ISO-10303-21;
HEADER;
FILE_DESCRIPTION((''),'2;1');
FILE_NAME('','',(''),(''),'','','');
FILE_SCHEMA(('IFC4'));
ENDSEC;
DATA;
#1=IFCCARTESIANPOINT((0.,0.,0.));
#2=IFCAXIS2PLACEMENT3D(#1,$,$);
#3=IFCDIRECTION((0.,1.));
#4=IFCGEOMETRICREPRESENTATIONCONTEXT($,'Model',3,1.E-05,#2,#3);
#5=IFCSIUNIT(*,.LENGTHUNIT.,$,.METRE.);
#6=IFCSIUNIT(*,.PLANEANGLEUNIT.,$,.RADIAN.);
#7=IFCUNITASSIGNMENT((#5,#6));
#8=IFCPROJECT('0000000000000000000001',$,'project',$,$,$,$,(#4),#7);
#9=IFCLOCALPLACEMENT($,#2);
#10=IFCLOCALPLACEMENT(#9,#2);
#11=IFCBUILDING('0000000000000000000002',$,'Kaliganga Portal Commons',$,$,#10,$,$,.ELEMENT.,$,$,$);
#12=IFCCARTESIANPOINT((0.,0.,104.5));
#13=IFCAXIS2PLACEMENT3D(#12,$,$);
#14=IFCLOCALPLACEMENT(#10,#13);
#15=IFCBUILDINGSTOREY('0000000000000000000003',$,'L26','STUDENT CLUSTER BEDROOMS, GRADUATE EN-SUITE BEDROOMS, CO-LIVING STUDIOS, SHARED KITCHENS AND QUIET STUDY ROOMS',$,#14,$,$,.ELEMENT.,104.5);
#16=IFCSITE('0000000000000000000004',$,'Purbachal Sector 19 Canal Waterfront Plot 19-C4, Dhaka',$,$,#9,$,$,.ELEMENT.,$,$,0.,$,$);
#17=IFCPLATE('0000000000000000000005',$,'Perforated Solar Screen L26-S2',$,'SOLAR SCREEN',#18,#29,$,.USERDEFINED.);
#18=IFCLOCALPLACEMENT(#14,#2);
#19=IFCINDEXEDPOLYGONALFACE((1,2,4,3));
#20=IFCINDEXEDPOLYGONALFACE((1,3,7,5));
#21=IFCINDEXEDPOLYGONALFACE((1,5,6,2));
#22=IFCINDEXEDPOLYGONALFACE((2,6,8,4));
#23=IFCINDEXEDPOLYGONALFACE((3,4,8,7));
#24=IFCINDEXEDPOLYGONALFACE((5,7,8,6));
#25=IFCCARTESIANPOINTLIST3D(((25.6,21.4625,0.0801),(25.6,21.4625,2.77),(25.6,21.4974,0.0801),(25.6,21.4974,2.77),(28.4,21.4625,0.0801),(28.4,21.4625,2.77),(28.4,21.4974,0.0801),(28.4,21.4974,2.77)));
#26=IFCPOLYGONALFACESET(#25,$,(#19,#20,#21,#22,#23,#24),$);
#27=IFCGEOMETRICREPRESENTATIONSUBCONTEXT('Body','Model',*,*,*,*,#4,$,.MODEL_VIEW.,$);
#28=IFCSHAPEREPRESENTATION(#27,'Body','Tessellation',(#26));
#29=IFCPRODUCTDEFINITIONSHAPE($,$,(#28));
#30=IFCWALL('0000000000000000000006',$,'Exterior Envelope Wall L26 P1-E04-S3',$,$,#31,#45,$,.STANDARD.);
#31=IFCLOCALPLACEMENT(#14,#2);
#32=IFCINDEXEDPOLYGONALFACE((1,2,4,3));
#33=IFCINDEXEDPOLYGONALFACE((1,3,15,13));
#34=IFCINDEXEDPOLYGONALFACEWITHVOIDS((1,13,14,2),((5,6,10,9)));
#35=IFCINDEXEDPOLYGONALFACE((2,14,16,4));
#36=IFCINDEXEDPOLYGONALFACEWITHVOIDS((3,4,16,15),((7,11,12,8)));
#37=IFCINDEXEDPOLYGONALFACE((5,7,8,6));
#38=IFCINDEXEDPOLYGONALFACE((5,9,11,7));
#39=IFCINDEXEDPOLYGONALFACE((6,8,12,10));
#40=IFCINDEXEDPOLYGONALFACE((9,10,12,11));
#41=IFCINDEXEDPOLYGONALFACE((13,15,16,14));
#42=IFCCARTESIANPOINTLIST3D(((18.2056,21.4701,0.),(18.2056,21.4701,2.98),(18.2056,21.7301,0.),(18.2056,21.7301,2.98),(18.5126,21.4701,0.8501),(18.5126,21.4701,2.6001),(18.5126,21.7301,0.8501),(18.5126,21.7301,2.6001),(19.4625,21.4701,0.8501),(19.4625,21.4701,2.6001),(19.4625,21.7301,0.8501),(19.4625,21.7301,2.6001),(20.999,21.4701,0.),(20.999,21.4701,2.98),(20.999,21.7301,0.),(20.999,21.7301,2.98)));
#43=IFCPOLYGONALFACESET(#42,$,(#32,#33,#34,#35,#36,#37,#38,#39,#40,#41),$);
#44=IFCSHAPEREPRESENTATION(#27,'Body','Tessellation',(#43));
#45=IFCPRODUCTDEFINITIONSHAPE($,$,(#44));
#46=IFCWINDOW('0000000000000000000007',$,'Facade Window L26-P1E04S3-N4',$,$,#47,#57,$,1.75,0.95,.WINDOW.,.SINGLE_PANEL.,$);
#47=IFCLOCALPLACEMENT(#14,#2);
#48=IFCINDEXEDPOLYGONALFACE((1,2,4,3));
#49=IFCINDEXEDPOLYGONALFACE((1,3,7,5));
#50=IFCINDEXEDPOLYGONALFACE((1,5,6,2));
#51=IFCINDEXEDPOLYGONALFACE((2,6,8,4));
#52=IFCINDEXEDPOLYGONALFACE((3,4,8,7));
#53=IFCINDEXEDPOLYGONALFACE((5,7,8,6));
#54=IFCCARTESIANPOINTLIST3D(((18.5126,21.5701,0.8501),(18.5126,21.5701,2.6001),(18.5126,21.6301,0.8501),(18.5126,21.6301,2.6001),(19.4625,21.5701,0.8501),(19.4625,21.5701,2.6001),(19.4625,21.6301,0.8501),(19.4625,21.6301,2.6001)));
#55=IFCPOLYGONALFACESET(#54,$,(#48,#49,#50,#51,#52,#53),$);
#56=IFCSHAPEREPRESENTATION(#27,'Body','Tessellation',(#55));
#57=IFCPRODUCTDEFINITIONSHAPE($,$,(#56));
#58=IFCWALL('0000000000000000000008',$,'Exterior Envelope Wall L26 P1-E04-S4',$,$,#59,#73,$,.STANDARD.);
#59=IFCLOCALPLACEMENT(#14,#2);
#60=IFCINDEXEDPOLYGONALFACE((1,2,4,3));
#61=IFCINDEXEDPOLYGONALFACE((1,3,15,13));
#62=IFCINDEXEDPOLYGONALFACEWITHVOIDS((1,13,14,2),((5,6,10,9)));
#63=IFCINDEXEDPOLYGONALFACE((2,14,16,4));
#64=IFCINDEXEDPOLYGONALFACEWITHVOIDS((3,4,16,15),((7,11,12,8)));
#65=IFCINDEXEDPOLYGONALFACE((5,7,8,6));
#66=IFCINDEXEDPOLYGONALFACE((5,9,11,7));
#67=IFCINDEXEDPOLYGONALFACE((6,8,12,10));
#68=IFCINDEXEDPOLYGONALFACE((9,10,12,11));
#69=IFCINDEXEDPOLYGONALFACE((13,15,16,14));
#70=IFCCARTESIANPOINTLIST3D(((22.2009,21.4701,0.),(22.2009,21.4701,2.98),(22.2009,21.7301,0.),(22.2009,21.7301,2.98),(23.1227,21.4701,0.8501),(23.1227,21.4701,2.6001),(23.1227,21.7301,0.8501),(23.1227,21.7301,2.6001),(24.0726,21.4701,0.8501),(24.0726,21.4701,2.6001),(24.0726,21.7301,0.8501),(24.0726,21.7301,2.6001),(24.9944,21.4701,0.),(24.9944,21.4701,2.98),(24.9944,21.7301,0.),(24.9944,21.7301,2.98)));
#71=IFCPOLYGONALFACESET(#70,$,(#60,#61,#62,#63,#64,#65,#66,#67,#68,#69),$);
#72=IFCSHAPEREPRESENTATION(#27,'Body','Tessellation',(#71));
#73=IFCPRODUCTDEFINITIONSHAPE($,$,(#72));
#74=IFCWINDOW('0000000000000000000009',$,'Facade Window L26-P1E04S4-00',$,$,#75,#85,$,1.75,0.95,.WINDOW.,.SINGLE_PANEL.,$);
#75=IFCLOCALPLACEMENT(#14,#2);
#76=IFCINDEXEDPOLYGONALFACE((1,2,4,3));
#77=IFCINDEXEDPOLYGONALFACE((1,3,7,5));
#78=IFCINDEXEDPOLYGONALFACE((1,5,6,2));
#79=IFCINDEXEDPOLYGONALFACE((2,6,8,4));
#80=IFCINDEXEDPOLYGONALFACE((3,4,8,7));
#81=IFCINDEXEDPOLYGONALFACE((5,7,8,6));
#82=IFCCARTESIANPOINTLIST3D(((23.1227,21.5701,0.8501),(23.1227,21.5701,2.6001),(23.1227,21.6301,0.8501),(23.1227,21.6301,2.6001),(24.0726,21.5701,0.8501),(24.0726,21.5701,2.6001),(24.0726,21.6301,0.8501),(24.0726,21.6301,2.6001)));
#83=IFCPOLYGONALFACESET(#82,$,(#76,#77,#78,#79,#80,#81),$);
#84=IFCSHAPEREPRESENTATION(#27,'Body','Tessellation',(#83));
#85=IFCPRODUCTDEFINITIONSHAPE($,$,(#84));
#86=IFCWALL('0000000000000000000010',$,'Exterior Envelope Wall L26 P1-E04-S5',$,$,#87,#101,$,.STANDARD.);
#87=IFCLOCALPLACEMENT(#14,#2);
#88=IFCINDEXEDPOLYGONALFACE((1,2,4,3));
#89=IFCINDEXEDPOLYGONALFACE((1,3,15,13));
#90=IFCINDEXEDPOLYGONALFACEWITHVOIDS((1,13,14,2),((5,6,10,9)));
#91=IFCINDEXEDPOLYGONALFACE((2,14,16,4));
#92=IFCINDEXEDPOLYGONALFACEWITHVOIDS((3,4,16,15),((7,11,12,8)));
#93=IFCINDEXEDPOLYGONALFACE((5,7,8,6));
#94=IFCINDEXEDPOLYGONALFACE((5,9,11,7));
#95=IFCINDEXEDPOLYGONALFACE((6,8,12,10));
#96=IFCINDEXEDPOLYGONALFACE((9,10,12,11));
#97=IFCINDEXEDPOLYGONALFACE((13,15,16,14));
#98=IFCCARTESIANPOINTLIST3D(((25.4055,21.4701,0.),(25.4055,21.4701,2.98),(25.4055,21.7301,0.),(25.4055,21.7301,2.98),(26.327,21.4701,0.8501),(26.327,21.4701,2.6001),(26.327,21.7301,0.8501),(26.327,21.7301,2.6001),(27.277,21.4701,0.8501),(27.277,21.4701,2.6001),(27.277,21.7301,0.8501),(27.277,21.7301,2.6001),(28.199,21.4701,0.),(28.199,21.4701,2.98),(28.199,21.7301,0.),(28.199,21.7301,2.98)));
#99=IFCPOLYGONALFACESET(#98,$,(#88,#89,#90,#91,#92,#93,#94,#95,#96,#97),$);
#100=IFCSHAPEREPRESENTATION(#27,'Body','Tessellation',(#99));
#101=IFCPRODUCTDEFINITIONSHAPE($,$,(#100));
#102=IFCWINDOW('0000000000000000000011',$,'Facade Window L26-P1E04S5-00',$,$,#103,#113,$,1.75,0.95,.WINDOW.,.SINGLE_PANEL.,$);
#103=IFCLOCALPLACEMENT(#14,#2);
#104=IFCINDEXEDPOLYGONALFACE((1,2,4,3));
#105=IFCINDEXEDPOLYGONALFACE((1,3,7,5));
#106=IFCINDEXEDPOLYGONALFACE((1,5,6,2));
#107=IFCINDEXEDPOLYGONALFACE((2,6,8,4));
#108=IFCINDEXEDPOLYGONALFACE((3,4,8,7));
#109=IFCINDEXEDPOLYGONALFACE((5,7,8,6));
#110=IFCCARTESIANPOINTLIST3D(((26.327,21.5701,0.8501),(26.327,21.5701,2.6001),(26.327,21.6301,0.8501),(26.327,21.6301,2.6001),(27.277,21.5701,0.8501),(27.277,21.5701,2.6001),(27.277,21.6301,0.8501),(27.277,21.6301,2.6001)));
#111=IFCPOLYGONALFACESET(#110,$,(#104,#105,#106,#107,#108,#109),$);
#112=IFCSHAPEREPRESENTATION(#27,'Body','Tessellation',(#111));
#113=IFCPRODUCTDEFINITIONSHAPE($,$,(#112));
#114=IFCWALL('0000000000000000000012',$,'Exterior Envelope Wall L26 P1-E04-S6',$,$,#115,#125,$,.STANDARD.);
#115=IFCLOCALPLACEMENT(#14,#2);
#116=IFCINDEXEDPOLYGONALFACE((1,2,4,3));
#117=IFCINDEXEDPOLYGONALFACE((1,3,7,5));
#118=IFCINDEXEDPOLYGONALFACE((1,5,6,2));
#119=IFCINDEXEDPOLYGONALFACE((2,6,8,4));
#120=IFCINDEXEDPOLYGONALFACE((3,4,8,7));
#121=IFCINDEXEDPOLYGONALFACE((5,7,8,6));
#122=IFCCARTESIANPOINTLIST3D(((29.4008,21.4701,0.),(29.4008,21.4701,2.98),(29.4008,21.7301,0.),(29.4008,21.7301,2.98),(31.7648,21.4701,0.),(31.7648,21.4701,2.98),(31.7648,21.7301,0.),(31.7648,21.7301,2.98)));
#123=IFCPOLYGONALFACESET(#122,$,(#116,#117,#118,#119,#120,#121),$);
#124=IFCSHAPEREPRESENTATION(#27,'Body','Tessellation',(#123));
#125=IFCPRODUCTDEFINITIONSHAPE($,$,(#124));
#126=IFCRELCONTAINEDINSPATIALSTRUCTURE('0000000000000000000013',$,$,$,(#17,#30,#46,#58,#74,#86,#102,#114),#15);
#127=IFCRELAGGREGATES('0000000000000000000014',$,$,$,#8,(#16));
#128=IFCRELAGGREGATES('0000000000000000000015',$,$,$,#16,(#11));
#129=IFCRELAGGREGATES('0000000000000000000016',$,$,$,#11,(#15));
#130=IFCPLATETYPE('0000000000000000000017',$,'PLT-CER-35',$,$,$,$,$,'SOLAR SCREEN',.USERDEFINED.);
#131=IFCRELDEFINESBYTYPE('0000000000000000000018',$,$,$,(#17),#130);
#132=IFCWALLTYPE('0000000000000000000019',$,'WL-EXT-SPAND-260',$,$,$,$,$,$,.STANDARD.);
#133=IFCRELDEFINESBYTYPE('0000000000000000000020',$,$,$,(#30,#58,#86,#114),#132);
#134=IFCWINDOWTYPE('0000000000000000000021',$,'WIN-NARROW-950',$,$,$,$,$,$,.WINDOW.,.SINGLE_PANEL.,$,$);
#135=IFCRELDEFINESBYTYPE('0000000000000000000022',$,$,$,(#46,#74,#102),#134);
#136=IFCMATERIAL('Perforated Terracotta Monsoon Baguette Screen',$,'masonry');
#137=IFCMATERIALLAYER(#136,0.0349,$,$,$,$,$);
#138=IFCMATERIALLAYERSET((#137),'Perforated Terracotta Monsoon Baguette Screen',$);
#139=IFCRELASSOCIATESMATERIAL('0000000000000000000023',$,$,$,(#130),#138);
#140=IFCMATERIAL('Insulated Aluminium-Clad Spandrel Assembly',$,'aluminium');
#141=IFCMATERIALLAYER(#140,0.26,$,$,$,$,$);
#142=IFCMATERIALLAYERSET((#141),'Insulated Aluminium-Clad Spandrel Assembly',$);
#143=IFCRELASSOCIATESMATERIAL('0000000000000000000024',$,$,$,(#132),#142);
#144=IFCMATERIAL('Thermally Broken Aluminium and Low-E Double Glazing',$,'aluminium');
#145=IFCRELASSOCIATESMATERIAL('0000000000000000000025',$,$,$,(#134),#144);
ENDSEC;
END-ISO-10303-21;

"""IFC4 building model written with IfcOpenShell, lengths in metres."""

from ifc_helpers import new_model, si_unit, direction, frame, frame_2d, origin, origin_2d, place, context, subcontext, project, spatial, rectangle, extrude, source, transform, mapped, material, layer, layer_set, type_object, element, fill, save


model = new_model("IFC4")

# Units and contexts
model_context = context("Model", 3, precision=1e-05, world=origin(), true_north=direction((0.0, 1.0)))
body_context = subcontext(model_context, "Body", "Model", "MODEL_VIEW")
ifc_project = project(units=[si_unit("LENGTHUNIT", "METRE"), si_unit("PLANEANGLEUNIT", "RADIAN")], contexts=[model_context])

# Site, building, storey
site_placement = place(None, origin())
site = spatial("IfcSite", under=ifc_project, at=site_placement, Name="Purbachal Sector 19 Canal Waterfront Plot 19-C4, Dhaka", CompositionType="ELEMENT", RefElevation=0.0)
building_placement = place(site_placement, origin())
building = spatial("IfcBuilding", under=site, at=building_placement, Name="Kaliganga Portal Commons", CompositionType="ELEMENT")
storey_placement = place(building_placement, frame((0.0, 0.0, 104.5)))
storey = spatial("IfcBuildingStorey", under=building, at=storey_placement, Name="L26", Description="STUDENT CLUSTER BEDROOMS, GRADUATE EN-SUITE BEDROOMS, CO-LIVING STUDIOS, SHARED KITCHENS AND QUIET STUDY ROOMS", CompositionType="ELEMENT", Elevation=104.5)

# Plate
ifc_material_1 = material(Name="Perforated Terracotta Monsoon Baguette Screen", Category="masonry")
ifc_layer_1 = layer(ifc_material_1, 0.0349)
ifc_layer_set_1 = layer_set([ifc_layer_1], Name="Perforated Terracotta Monsoon Baguette Screen")
plate_type = type_object("IfcPlateType", Name="PLT-CER-35", ElementType="SOLAR SCREEN", PredefinedType="USERDEFINED", material=ifc_layer_set_1)
shared_shape_1 = source(origin(), body_context, "Body", "SweptSolid", [
    extrude(rectangle(XDim=2.8, YDim=0.0349, at=origin_2d()), origin(), (0.0, 0.0, 1.0), 2.6899),
])
plate_placement = place(storey_placement, frame((27.0, 21.48, 0.0801), z_axis=(0.0, 0.0, 1.0), x_axis=(1.0, 0.0, 0.0)))
element("IfcPlate", 1, at=plate_placement, inside=storey, type_object=plate_type, Name="Perforated Solar Screen L26-S2", ObjectType="SOLAR SCREEN", PredefinedType="USERDEFINED", context=body_context, shape_type="MappedRepresentation", body=[
    mapped(shared_shape_1, transform((0.0, 0.0, 0.0), x_axis=(1.0, 0.0, 0.0), y_axis=(0.0, 1.0, 0.0), z_axis=(0.0, 0.0, 1.0), scale=1.0)),
])

# Walls, openings, windows
ifc_material_2 = material(Name="Insulated Aluminium-Clad Spandrel Assembly", Category="aluminium")
ifc_layer_2 = layer(ifc_material_2, 0.26)
ifc_layer_set_2 = layer_set([ifc_layer_2], Name="Insulated Aluminium-Clad Spandrel Assembly")
wall_type_1 = type_object("IfcWallType", Name="WL-EXT-SPAND-260", PredefinedType="STANDARD", material=ifc_layer_set_2)
wall_1_placement = place(storey_placement, frame((20.999, 21.6001, 0.0), z_axis=(0.0, 0.0, 1.0), x_axis=(-1.0, 0.0, 0.0)))
wall_1 = element("IfcWall", 2, at=wall_1_placement, inside=storey, type_object=wall_type_1, Name="Exterior Envelope Wall L26 P1-E04-S3", PredefinedType="STANDARD", context=body_context, shape_type="SweptSolid", body=[
    extrude(rectangle(XDim=2.7935, YDim=0.26, at=frame_2d((1.3967, 0.0))), origin(), (0.0, 0.0, 1.0), 2.98),
])
opening_1_placement = place(wall_1_placement, frame((1.5364, 0.0, 0.8501)))
opening_1 = element("IfcOpeningElement", 3, at=opening_1_placement, cuts=wall_1, PredefinedType="OPENING", context=body_context, shape_type="SweptSolid", body=[
    extrude(rectangle(XDim=0.95, YDim=1.75, at=frame_2d((0.4751, 0.875))), frame((0.0, 0.1401, 0.0), z_axis=(0.0, -1.0, 0.0), x_axis=(1.0, 0.0, 0.0)), (0.0, 0.0, 1.0), 0.28),
])
ifc_material_3 = material(Name="Thermally Broken Aluminium and Low-E Double Glazing", Category="aluminium")
window_type_1 = type_object("IfcWindowType", Name="WIN-NARROW-950", PartitioningType="SINGLE_PANEL", PredefinedType="WINDOW", material=ifc_material_3)
window_1_placement = place(opening_1_placement, origin())
window_1 = element("IfcWindow", 4, at=window_1_placement, inside=storey, type_object=window_type_1, Name="Facade Window L26-P1E04S3-N4", OverallHeight=1.75, OverallWidth=0.95, PartitioningType="SINGLE_PANEL", PredefinedType="WINDOW", context=body_context, shape_type="SweptSolid", body=[
    extrude(rectangle(XDim=0.95, YDim=1.75, at=frame_2d((0.4751, 0.875))), frame((0.0, 0.03, 0.0), z_axis=(0.0, -1.0, 0.0), x_axis=(1.0, 0.0, 0.0)), (0.0, 0.0, 1.0), 0.0601),
])
fill(opening_1, window_1)
wall_2_placement = place(storey_placement, frame((24.9944, 21.6001, 0.0), z_axis=(0.0, 0.0, 1.0), x_axis=(-1.0, 0.0, 0.0)))
wall_2 = element("IfcWall", 5, at=wall_2_placement, inside=storey, type_object=wall_type_1, Name="Exterior Envelope Wall L26 P1-E04-S4", PredefinedType="STANDARD", context=body_context, shape_type="SweptSolid", body=[
    extrude(rectangle(XDim=2.7935, YDim=0.26, at=frame_2d((1.3967, 0.0))), origin(), (0.0, 0.0, 1.0), 2.98),
])
opening_2_placement = place(wall_2_placement, frame((0.9216, 0.0, 0.8501)))
opening_2 = element("IfcOpeningElement", 6, at=opening_2_placement, cuts=wall_2, PredefinedType="OPENING", context=body_context, shape_type="SweptSolid", body=[
    extrude(rectangle(XDim=0.95, YDim=1.75, at=frame_2d((0.4751, 0.875))), frame((0.0, 0.1401, 0.0), z_axis=(0.0, -1.0, 0.0), x_axis=(1.0, 0.0, 0.0)), (0.0, 0.0, 1.0), 0.28),
])
window_2_placement = place(opening_2_placement, origin())
window_2 = element("IfcWindow", 7, at=window_2_placement, inside=storey, type_object=window_type_1, Name="Facade Window L26-P1E04S4-00", OverallHeight=1.75, OverallWidth=0.95, PartitioningType="SINGLE_PANEL", PredefinedType="WINDOW", context=body_context, shape_type="SweptSolid", body=[
    extrude(rectangle(XDim=0.95, YDim=1.75, at=frame_2d((0.4751, 0.875))), frame((0.0, 0.03, 0.0), z_axis=(0.0, -1.0, 0.0), x_axis=(1.0, 0.0, 0.0)), (0.0, 0.0, 1.0), 0.0601),
])
fill(opening_2, window_2)
wall_3_placement = place(storey_placement, frame((28.199, 21.6001, 0.0), z_axis=(0.0, 0.0, 1.0), x_axis=(-1.0, 0.0, 0.0)))
wall_3 = element("IfcWall", 8, at=wall_3_placement, inside=storey, type_object=wall_type_1, Name="Exterior Envelope Wall L26 P1-E04-S5", PredefinedType="STANDARD", context=body_context, shape_type="SweptSolid", body=[
    extrude(rectangle(XDim=2.7935, YDim=0.26, at=frame_2d((1.3967, 0.0))), origin(), (0.0, 0.0, 1.0), 2.98),
])
opening_3_placement = place(wall_3_placement, frame((0.9219, 0.0, 0.8501)))
opening_3 = element("IfcOpeningElement", 9, at=opening_3_placement, cuts=wall_3, PredefinedType="OPENING", context=body_context, shape_type="SweptSolid", body=[
    extrude(rectangle(XDim=0.95, YDim=1.75, at=frame_2d((0.4751, 0.875))), frame((0.0, 0.1401, 0.0), z_axis=(0.0, -1.0, 0.0), x_axis=(1.0, 0.0, 0.0)), (0.0, 0.0, 1.0), 0.28),
])
window_3_placement = place(opening_3_placement, origin())
window_3 = element("IfcWindow", 10, at=window_3_placement, inside=storey, type_object=window_type_1, Name="Facade Window L26-P1E04S5-00", OverallHeight=1.75, OverallWidth=0.95, PartitioningType="SINGLE_PANEL", PredefinedType="WINDOW", context=body_context, shape_type="SweptSolid", body=[
    extrude(rectangle(XDim=0.95, YDim=1.75, at=frame_2d((0.4751, 0.875))), frame((0.0, 0.03, 0.0), z_axis=(0.0, -1.0, 0.0), x_axis=(1.0, 0.0, 0.0)), (0.0, 0.0, 1.0), 0.0601),
])
fill(opening_3, window_3)

# Wall
wall_4_placement = place(storey_placement, frame((31.7649, 21.6001, 0.0), z_axis=(0.0, 0.0, 1.0), x_axis=(-1.0, 0.0, 0.0)))
element("IfcWall", 11, at=wall_4_placement, inside=storey, type_object=wall_type_1, Name="Exterior Envelope Wall L26 P1-E04-S6", PredefinedType="STANDARD", context=body_context, shape_type="SweptSolid", body=[
    extrude(rectangle(XDim=2.364, YDim=0.26, at=frame_2d((1.1821, 0.0))), origin(), (0.0, 0.0, 1.0), 2.98),
])

save(model, "model.ifc")
